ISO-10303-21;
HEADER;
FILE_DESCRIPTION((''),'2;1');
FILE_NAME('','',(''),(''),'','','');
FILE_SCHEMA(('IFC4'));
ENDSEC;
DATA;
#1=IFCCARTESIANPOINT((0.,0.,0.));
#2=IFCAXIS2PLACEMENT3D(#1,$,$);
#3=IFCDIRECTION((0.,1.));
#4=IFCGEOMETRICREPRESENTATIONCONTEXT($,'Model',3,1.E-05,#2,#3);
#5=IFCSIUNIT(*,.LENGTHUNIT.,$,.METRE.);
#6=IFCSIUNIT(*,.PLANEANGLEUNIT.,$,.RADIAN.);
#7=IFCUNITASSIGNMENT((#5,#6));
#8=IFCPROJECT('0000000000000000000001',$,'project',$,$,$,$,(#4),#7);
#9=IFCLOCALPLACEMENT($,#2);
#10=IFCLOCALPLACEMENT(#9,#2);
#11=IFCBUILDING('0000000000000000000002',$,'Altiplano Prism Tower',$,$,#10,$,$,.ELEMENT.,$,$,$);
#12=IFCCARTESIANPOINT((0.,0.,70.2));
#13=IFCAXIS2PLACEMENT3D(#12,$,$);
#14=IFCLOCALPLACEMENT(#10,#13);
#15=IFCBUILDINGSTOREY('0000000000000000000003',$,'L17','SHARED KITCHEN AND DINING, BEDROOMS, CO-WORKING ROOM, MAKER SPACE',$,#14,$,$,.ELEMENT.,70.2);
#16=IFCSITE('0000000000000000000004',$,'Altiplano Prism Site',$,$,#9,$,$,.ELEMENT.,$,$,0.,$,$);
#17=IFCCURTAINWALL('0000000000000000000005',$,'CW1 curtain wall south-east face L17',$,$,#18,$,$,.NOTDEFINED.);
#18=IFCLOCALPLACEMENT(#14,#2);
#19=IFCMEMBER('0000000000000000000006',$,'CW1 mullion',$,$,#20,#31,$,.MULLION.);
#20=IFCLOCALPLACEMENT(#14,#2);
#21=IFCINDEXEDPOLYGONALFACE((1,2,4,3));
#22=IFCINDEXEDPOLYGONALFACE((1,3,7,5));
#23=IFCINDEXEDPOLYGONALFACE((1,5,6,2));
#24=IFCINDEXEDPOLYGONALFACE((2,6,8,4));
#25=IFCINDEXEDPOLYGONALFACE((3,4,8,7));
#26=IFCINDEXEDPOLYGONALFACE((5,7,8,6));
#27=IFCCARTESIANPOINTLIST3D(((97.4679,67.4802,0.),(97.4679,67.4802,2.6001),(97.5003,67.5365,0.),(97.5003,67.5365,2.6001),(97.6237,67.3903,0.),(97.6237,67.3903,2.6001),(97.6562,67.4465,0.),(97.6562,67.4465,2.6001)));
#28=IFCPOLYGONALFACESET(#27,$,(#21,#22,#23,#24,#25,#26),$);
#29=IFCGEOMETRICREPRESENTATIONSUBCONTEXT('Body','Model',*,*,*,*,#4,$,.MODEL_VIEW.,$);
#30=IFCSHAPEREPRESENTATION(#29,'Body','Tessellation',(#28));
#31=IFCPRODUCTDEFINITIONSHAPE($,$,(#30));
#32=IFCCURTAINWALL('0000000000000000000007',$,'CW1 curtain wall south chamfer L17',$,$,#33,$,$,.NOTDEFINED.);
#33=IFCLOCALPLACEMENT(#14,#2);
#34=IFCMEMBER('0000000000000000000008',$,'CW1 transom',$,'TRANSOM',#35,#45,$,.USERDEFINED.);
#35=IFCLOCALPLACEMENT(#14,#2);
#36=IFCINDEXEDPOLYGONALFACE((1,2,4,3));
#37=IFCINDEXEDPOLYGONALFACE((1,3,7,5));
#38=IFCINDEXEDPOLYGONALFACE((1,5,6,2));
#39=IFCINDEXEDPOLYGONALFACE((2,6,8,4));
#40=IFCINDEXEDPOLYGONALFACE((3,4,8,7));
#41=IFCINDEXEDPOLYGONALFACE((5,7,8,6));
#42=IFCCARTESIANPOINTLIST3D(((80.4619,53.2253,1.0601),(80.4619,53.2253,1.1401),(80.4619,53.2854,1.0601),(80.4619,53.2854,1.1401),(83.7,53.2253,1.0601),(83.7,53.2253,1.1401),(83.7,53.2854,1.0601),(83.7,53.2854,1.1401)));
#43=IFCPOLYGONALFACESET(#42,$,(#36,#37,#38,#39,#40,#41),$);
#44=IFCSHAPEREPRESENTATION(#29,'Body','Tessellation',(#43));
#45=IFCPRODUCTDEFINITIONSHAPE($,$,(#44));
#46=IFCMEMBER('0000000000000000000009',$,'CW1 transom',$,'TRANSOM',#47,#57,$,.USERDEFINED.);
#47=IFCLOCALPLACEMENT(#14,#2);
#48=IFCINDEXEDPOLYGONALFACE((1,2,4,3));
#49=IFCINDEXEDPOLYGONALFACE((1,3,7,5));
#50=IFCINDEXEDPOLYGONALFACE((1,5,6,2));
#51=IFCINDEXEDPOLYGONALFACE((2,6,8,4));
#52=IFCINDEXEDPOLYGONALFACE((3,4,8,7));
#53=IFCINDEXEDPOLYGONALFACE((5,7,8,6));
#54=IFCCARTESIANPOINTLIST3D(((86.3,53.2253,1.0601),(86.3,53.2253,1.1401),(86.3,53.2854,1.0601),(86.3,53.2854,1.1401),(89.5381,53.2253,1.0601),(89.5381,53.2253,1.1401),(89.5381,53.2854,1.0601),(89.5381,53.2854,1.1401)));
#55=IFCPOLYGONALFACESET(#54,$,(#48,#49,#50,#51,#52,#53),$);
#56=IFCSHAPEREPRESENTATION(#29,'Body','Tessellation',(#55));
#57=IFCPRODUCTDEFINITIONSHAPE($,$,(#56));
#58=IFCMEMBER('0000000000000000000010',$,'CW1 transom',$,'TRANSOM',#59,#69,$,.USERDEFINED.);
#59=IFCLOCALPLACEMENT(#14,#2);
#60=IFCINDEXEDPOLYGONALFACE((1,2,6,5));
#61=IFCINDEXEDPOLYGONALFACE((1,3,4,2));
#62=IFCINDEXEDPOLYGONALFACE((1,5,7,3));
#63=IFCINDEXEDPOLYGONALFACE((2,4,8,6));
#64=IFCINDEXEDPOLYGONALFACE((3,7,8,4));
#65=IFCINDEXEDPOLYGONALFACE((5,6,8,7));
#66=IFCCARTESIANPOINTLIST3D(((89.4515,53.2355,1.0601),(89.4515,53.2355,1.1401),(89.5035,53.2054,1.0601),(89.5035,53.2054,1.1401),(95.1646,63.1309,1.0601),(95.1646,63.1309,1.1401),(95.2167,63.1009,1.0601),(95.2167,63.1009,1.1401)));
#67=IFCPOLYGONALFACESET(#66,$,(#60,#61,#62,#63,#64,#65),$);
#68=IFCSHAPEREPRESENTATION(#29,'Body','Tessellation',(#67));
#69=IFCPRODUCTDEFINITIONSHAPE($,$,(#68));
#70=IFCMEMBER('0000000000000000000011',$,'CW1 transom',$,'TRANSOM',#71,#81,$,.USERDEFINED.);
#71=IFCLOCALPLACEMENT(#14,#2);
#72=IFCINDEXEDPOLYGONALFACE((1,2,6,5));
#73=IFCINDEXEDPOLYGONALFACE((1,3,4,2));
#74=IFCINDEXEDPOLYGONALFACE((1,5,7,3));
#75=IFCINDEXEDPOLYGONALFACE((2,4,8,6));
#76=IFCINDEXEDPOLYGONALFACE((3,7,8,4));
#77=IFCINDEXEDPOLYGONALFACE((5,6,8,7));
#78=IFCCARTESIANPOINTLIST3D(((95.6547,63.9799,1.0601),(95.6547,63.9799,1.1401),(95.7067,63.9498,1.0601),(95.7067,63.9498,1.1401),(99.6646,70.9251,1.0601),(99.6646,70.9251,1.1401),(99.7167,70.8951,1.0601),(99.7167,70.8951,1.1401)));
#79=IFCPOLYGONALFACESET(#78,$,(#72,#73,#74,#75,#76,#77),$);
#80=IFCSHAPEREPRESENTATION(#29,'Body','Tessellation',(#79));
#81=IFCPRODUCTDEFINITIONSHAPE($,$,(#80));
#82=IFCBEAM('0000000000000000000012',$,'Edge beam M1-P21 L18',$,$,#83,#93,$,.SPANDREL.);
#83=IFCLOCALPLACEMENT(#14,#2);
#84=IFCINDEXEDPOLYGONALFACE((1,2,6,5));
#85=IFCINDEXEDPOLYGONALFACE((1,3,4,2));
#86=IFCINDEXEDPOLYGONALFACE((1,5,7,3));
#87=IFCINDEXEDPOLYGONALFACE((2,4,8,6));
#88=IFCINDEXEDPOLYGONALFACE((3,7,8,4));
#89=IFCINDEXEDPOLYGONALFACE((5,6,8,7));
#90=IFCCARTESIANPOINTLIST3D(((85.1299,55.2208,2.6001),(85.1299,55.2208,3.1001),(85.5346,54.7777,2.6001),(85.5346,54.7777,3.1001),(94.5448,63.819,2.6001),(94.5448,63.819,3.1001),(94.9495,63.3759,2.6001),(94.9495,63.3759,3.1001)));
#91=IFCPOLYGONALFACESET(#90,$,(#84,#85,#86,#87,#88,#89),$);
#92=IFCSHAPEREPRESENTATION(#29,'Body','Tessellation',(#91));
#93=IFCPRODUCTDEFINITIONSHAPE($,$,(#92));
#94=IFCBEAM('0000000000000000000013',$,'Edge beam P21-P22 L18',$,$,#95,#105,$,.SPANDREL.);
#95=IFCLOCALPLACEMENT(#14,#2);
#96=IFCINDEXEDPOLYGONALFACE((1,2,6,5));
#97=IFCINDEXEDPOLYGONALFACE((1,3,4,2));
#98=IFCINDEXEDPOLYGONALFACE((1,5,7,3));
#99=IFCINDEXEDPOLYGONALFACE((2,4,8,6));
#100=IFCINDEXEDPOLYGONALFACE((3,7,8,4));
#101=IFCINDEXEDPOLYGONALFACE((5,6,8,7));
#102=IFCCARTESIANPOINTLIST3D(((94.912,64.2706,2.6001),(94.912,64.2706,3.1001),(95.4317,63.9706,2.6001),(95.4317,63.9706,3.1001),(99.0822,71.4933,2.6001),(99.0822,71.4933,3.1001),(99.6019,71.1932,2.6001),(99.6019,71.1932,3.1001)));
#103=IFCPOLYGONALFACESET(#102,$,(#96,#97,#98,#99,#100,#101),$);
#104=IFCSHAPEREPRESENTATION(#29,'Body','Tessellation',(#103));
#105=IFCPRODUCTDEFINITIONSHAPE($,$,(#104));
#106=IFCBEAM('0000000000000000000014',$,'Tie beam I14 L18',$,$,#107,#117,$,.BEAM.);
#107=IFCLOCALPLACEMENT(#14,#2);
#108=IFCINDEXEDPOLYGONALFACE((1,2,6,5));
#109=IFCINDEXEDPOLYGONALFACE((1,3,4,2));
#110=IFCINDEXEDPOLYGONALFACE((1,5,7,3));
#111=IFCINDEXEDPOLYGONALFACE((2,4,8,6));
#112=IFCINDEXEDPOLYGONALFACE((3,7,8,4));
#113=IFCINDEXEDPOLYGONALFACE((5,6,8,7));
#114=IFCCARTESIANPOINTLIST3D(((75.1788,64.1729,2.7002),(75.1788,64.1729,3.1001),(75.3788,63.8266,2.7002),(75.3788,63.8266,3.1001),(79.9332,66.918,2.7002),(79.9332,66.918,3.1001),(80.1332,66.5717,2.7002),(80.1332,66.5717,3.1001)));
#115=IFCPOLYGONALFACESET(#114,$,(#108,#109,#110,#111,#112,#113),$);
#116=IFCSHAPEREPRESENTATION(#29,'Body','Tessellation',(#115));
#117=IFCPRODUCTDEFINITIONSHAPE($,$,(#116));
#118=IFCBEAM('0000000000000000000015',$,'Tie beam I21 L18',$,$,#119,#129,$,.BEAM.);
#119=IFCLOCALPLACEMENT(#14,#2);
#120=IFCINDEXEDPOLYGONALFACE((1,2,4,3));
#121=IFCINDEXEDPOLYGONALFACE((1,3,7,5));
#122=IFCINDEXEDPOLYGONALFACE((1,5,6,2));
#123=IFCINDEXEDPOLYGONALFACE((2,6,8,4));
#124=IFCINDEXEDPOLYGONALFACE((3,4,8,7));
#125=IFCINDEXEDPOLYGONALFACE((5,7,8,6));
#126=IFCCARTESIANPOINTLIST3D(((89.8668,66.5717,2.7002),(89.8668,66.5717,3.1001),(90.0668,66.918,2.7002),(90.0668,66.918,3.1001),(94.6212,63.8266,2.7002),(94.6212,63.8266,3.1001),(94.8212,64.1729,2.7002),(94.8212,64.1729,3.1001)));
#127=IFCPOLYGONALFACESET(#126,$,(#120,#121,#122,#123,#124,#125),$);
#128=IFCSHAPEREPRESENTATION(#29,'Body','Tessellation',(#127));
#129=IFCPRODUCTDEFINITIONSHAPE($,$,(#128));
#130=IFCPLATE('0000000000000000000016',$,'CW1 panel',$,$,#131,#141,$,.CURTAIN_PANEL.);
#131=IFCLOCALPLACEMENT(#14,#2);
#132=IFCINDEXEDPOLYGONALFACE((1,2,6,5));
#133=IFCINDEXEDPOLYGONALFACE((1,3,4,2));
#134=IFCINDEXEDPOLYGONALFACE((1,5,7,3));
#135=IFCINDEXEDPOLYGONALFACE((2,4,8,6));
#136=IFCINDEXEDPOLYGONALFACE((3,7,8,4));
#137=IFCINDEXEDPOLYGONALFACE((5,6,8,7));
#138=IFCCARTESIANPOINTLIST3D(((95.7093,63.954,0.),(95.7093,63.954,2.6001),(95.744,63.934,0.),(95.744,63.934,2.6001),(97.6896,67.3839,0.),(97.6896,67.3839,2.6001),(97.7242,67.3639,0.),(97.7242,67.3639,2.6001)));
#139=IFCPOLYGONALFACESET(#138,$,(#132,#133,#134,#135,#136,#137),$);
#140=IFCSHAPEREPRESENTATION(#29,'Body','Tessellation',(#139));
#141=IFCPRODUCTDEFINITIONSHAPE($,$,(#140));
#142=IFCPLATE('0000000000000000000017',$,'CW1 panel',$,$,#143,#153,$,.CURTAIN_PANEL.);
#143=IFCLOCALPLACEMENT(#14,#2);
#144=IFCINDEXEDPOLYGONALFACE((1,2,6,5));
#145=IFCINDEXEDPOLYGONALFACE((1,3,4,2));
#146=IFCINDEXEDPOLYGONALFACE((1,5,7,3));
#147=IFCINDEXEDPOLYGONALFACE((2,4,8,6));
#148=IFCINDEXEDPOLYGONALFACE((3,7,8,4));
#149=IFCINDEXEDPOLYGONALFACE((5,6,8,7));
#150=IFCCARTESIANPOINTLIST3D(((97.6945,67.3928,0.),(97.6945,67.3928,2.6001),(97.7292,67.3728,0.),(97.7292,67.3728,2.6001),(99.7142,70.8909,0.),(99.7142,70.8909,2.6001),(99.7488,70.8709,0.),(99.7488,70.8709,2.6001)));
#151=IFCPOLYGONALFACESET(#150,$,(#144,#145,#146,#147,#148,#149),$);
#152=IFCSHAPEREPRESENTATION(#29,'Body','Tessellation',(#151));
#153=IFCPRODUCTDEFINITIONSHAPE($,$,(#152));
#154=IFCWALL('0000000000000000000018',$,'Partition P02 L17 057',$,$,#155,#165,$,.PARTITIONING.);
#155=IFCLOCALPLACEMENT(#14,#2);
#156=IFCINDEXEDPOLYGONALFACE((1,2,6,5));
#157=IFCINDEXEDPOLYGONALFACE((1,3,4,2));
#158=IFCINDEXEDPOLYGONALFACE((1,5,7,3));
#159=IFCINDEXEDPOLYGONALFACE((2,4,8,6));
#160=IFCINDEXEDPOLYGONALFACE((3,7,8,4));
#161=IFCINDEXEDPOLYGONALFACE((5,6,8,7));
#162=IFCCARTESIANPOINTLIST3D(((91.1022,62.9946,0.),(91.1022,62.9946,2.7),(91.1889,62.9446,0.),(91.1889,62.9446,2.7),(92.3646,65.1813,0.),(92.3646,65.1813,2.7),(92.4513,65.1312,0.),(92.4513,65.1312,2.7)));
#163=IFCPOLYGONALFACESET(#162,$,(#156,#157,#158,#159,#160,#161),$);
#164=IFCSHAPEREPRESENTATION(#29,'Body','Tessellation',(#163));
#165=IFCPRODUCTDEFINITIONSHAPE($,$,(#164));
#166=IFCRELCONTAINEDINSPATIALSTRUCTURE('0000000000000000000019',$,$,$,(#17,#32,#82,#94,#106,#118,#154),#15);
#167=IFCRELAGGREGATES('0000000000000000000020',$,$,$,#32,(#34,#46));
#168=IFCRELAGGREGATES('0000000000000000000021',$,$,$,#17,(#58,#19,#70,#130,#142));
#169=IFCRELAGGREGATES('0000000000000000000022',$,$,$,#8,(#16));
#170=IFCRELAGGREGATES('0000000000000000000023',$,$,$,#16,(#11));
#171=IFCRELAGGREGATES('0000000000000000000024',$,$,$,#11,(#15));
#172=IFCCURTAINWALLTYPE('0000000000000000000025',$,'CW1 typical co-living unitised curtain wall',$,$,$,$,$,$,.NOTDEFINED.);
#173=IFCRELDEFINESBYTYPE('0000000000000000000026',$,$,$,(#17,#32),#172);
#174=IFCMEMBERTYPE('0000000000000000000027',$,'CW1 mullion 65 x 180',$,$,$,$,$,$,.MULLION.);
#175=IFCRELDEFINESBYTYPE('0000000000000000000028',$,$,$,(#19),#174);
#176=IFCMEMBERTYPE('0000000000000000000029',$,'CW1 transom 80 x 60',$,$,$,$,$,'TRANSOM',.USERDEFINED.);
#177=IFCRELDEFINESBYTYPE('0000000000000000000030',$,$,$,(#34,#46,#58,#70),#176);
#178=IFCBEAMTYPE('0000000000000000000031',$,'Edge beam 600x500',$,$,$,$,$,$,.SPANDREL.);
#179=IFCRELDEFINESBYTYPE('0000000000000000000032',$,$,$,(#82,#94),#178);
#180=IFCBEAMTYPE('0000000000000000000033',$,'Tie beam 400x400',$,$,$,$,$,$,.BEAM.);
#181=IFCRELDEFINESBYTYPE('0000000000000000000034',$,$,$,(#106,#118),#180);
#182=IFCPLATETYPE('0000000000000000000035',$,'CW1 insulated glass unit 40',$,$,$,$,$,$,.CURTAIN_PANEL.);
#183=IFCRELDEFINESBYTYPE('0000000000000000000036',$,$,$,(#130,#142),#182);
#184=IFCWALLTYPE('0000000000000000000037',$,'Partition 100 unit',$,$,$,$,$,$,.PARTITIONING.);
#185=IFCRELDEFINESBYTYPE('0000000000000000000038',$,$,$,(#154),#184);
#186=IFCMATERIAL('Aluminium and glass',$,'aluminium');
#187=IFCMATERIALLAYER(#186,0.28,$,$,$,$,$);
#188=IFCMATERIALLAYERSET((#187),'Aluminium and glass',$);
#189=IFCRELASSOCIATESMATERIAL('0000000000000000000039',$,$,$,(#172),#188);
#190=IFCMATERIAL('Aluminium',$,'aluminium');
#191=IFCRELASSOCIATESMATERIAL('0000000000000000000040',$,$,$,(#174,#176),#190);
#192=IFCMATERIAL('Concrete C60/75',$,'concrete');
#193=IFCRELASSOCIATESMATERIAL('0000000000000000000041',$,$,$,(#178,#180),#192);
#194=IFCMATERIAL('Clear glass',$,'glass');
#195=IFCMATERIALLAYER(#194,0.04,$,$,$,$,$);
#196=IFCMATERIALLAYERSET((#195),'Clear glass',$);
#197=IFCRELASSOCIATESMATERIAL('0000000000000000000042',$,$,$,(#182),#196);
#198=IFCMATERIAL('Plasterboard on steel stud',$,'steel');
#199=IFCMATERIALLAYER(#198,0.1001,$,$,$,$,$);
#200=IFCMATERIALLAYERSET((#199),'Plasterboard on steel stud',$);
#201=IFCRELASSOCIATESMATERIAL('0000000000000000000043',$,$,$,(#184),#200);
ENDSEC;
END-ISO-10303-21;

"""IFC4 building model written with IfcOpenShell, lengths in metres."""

from ifc_helpers import new_model, si_unit, direction, frame, frame_2d, origin, origin_2d, place, context, subcontext, project, spatial, rectangle, extrude, material, layer, layer_set, material_profile, profile_set, type_object, element, aggregate, save


model = new_model("IFC4")

# Units and contexts
model_context = context("Model", 3, precision=1e-05, world=origin(), true_north=direction((0.0, 1.0)))
body_context = subcontext(model_context, "Body", "Model", "MODEL_VIEW")
ifc_project = project(units=[si_unit("LENGTHUNIT", "METRE"), si_unit("PLANEANGLEUNIT", "RADIAN")], contexts=[model_context])

# Site, building, storey
site_placement = place(None, origin())
site = spatial("IfcSite", under=ifc_project, at=site_placement, Name="Altiplano Prism Site", CompositionType="ELEMENT", RefElevation=0.0)
building_placement = place(site_placement, origin())
building = spatial("IfcBuilding", under=site, at=building_placement, Name="Altiplano Prism Tower", CompositionType="ELEMENT")
storey_placement = place(building_placement, frame((0.0, 0.0, 70.2)))
storey = spatial("IfcBuildingStorey", under=building, at=storey_placement, Name="L17", Description="SHARED KITCHEN AND DINING, BEDROOMS, CO-WORKING ROOM, MAKER SPACE", CompositionType="ELEMENT", Elevation=70.2)

# Curtain wall, member
ifc_material_1 = material(Name="Aluminium and glass", Category="aluminium")
ifc_layer_1 = layer(ifc_material_1, 0.28)
ifc_layer_set_1 = layer_set([ifc_layer_1], Name="Aluminium and glass")
curtain_wall_type = type_object("IfcCurtainWallType", Name="CW1 typical co-living unitised curtain wall", PredefinedType="NOTDEFINED", material=ifc_layer_set_1)
curtain_wall_1_placement = place(storey_placement, origin())
curtain_wall_1 = element("IfcCurtainWall", 1, at=curtain_wall_1_placement, inside=storey, type_object=curtain_wall_type, Name="CW1 curtain wall south-east face L17", PredefinedType="NOTDEFINED")
ifc_material_2 = material(Name="Aluminium", Category="aluminium")
ifc_material_profile_1 = material_profile(ifc_material_2, rectangle(XDim=0.1799, YDim=0.0649, at=origin_2d()), Name="CW1 mullion 65 x 180")
ifc_profile_set_1 = profile_set([ifc_material_profile_1], Name="Aluminium")
member_type_1 = type_object("IfcMemberType", Name="CW1 mullion 65 x 180", PredefinedType="MULLION", material=ifc_profile_set_1)
member_1_placement = place(storey_placement, frame((97.562, 67.4634, 0.0), z_axis=(0.0, 0.0, 1.0), x_axis=(-0.866025, 0.5, 0.0)))
member_1 = element("IfcMember", 2, at=member_1_placement, type_object=member_type_1, Name="CW1 mullion", PredefinedType="MULLION", context=body_context, shape_type="SweptSolid", body=[
    extrude(rectangle(XDim=0.1799, YDim=0.0649, at=origin_2d()), origin(), (0.0, 0.0, 1.0), 2.6001),
])

# Curtain wall, members
curtain_wall_2_placement = place(storey_placement, origin())
curtain_wall_2 = element("IfcCurtainWall", 3, at=curtain_wall_2_placement, inside=storey, type_object=curtain_wall_type, Name="CW1 curtain wall south chamfer L17", PredefinedType="NOTDEFINED")
ifc_material_profile_2 = material_profile(ifc_material_2, rectangle(XDim=0.0601, YDim=0.0801, at=origin_2d()), Name="CW1 transom 80 x 60")
ifc_profile_set_2 = profile_set([ifc_material_profile_2], Name="Aluminium")
member_type_2 = type_object("IfcMemberType", Name="CW1 transom 80 x 60", ElementType="TRANSOM", PredefinedType="USERDEFINED", material=ifc_profile_set_2)
member_2_placement = place(storey_placement, frame((80.4619, 53.2554, 1.1001), z_axis=(1.0, 0.0, 0.0), x_axis=(0.0, 1.0, 0.0)))
member_2 = element("IfcMember", 4, at=member_2_placement, type_object=member_type_2, Name="CW1 transom", ObjectType="TRANSOM", PredefinedType="USERDEFINED", context=body_context, shape_type="SweptSolid", body=[
    extrude(rectangle(XDim=0.0601, YDim=0.0801, at=origin_2d()), origin(), (0.0, 0.0, 1.0), 3.238),
])
member_3_placement = place(storey_placement, frame((86.3, 53.2554, 1.1001), z_axis=(1.0, 0.0, 0.0), x_axis=(0.0, 1.0, 0.0)))
member_3 = element("IfcMember", 5, at=member_3_placement, type_object=member_type_2, Name="CW1 transom", ObjectType="TRANSOM", PredefinedType="USERDEFINED", context=body_context, shape_type="SweptSolid", body=[
    extrude(rectangle(XDim=0.0601, YDim=0.0801, at=origin_2d()), origin(), (0.0, 0.0, 1.0), 3.238),
])
aggregate(curtain_wall_2, [member_2, member_3])

# Members
member_4_placement = place(storey_placement, frame((89.4775, 53.2205, 1.1001), z_axis=(0.499997, 0.866027, 0.0), x_axis=(-0.866027, 0.499997, 0.0)))
member_4 = element("IfcMember", 6, at=member_4_placement, type_object=member_type_2, Name="CW1 transom", ObjectType="TRANSOM", PredefinedType="USERDEFINED", context=body_context, shape_type="SweptSolid", body=[
    extrude(rectangle(XDim=0.0601, YDim=0.0801, at=origin_2d()), origin(), (0.0, 0.0, 1.0), 11.4263),
])
member_5_placement = place(storey_placement, frame((95.6807, 63.9648, 1.1001), z_axis=(0.500012, 0.866018, 0.0), x_axis=(-0.866018, 0.500012, 0.0)))
member_5 = element("IfcMember", 7, at=member_5_placement, type_object=member_type_2, Name="CW1 transom", ObjectType="TRANSOM", PredefinedType="USERDEFINED", context=body_context, shape_type="SweptSolid", body=[
    extrude(rectangle(XDim=0.0601, YDim=0.0801, at=origin_2d()), origin(), (0.0, 0.0, 1.0), 8.0198),
])

# Beams
ifc_material_3 = material(Name="Concrete C60/75", Category="concrete")
ifc_material_profile_3 = material_profile(ifc_material_3, rectangle(XDim=0.6001, YDim=0.5, at=origin_2d()), Name="Edge beam 600x500")
ifc_profile_set_3 = profile_set([ifc_material_profile_3], Name="Concrete C60/75")
beam_type_1 = type_object("IfcBeamType", Name="Edge beam 600x500", PredefinedType="SPANDREL", material=ifc_profile_set_3)
beam_1_placement = place(storey_placement, frame((85.3323, 54.9993, 2.8501), z_axis=(0.738406, 0.674356, 0.0), x_axis=(-0.674356, 0.738406, 0.0)))
element("IfcBeam", 8, at=beam_1_placement, inside=storey, type_object=beam_type_1, Name="Edge beam M1-P21 L18", PredefinedType="SPANDREL", context=body_context, shape_type="SweptSolid", body=[
    extrude(rectangle(XDim=0.6001, YDim=0.5, at=origin_2d()), origin(), (0.0, 0.0, 1.0), 12.7502),
])
beam_2_placement = place(storey_placement, frame((95.1719, 64.1206, 2.8501), z_axis=(0.500015, 0.866017, 0.0), x_axis=(-0.866017, 0.500015, 0.0)))
element("IfcBeam", 9, at=beam_2_placement, inside=storey, type_object=beam_type_1, Name="Edge beam P21-P22 L18", PredefinedType="SPANDREL", context=body_context, shape_type="SweptSolid", body=[
    extrude(rectangle(XDim=0.6001, YDim=0.5, at=origin_2d()), origin(), (0.0, 0.0, 1.0), 8.3401),
])
ifc_material_profile_4 = material_profile(ifc_material_3, rectangle(XDim=0.3999, YDim=0.3999, at=origin_2d()), Name="Tie beam 400x400")
ifc_profile_set_4 = profile_set([ifc_material_profile_4], Name="Concrete C60/75")
beam_type_2 = type_object("IfcBeamType", Name="Tie beam 400x400", PredefinedType="BEAM", material=ifc_profile_set_4)
for number, where, z_axis, x_axis, name in (
    (10, (80.0332, 66.7449, 2.9001), (-0.866012, -0.500023, 0.0), (0.500023, -0.866012, 0.0), "Tie beam I14 L18"),
    (11, (89.9668, 66.7449, 2.9001), (0.866012, -0.500023, 0.0), (0.500023, 0.866012, 0.0), "Tie beam I21 L18"),
):
    element("IfcBeam", number, at=place(storey_placement, frame(where, z_axis=z_axis, x_axis=x_axis)), inside=storey, type_object=beam_type_2, Name=name, PredefinedType="BEAM", context=body_context, shape_type="SweptSolid", body=[
        extrude(rectangle(XDim=0.3999, YDim=0.3999, at=origin_2d()), origin(), (0.0, 0.0, 1.0), 5.49),
    ])

# Plates
ifc_material_4 = material(Name="Clear glass", Category="glass")
ifc_layer_2 = layer(ifc_material_4, 0.04)
ifc_layer_set_2 = layer_set([ifc_layer_2], Name="Clear glass")
plate_type = type_object("IfcPlateType", Name="CW1 insulated glass unit 40", PredefinedType="CURTAIN_PANEL", material=ifc_layer_set_2)
plate_1_placement = place(storey_placement, frame((96.7168, 65.6589, 0.0), z_axis=(0.0, 0.0, 1.0), x_axis=(0.5, 0.866025, 0.0)))
plate_1 = element("IfcPlate", 12, at=plate_1_placement, type_object=plate_type, Name="CW1 panel", PredefinedType="CURTAIN_PANEL", context=body_context, shape_type="SweptSolid", body=[
    extrude(rectangle(XDim=3.9604, YDim=0.04, at=origin_2d()), origin(), (0.0, 0.0, 1.0), 2.6001),
])
plate_2_placement = place(storey_placement, frame((98.7217, 69.1318, 0.0), z_axis=(0.0, 0.0, 1.0), x_axis=(0.5, 0.866025, 0.0)))
plate_2 = element("IfcPlate", 13, at=plate_2_placement, type_object=plate_type, Name="CW1 panel", PredefinedType="CURTAIN_PANEL", context=body_context, shape_type="SweptSolid", body=[
    extrude(rectangle(XDim=4.0393, YDim=0.04, at=origin_2d()), origin(), (0.0, 0.0, 1.0), 2.6001),
])
aggregate(curtain_wall_1, [member_4, member_1, member_5, plate_1, plate_2])

# Wall
ifc_material_5 = material(Name="Plasterboard on steel stud", Category="steel")
ifc_layer_3 = layer(ifc_material_5, 0.1001)
ifc_layer_set_3 = layer_set([ifc_layer_3], Name="Plasterboard on steel stud")
wall_type_1 = type_object("IfcWallType", Name="Partition 100 unit", PredefinedType="PARTITIONING", material=ifc_layer_set_3)
wall_1_placement = place(storey_placement, frame((92.408, 65.1562, 0.0), z_axis=(0.0, 0.0, 1.0), x_axis=(-0.499976, -0.866039, 0.0)))
element("IfcWall", 14, at=wall_1_placement, inside=storey, type_object=wall_type_1, Name="Partition P02 L17 057", PredefinedType="PARTITIONING", context=body_context, shape_type="SweptSolid", body=[
    extrude(rectangle(XDim=2.5249, YDim=0.1001, at=frame_2d((1.2625, 0.0))), origin(), (0.0, 0.0, 1.0), 2.7),
])

save(model, "model.ifc")
